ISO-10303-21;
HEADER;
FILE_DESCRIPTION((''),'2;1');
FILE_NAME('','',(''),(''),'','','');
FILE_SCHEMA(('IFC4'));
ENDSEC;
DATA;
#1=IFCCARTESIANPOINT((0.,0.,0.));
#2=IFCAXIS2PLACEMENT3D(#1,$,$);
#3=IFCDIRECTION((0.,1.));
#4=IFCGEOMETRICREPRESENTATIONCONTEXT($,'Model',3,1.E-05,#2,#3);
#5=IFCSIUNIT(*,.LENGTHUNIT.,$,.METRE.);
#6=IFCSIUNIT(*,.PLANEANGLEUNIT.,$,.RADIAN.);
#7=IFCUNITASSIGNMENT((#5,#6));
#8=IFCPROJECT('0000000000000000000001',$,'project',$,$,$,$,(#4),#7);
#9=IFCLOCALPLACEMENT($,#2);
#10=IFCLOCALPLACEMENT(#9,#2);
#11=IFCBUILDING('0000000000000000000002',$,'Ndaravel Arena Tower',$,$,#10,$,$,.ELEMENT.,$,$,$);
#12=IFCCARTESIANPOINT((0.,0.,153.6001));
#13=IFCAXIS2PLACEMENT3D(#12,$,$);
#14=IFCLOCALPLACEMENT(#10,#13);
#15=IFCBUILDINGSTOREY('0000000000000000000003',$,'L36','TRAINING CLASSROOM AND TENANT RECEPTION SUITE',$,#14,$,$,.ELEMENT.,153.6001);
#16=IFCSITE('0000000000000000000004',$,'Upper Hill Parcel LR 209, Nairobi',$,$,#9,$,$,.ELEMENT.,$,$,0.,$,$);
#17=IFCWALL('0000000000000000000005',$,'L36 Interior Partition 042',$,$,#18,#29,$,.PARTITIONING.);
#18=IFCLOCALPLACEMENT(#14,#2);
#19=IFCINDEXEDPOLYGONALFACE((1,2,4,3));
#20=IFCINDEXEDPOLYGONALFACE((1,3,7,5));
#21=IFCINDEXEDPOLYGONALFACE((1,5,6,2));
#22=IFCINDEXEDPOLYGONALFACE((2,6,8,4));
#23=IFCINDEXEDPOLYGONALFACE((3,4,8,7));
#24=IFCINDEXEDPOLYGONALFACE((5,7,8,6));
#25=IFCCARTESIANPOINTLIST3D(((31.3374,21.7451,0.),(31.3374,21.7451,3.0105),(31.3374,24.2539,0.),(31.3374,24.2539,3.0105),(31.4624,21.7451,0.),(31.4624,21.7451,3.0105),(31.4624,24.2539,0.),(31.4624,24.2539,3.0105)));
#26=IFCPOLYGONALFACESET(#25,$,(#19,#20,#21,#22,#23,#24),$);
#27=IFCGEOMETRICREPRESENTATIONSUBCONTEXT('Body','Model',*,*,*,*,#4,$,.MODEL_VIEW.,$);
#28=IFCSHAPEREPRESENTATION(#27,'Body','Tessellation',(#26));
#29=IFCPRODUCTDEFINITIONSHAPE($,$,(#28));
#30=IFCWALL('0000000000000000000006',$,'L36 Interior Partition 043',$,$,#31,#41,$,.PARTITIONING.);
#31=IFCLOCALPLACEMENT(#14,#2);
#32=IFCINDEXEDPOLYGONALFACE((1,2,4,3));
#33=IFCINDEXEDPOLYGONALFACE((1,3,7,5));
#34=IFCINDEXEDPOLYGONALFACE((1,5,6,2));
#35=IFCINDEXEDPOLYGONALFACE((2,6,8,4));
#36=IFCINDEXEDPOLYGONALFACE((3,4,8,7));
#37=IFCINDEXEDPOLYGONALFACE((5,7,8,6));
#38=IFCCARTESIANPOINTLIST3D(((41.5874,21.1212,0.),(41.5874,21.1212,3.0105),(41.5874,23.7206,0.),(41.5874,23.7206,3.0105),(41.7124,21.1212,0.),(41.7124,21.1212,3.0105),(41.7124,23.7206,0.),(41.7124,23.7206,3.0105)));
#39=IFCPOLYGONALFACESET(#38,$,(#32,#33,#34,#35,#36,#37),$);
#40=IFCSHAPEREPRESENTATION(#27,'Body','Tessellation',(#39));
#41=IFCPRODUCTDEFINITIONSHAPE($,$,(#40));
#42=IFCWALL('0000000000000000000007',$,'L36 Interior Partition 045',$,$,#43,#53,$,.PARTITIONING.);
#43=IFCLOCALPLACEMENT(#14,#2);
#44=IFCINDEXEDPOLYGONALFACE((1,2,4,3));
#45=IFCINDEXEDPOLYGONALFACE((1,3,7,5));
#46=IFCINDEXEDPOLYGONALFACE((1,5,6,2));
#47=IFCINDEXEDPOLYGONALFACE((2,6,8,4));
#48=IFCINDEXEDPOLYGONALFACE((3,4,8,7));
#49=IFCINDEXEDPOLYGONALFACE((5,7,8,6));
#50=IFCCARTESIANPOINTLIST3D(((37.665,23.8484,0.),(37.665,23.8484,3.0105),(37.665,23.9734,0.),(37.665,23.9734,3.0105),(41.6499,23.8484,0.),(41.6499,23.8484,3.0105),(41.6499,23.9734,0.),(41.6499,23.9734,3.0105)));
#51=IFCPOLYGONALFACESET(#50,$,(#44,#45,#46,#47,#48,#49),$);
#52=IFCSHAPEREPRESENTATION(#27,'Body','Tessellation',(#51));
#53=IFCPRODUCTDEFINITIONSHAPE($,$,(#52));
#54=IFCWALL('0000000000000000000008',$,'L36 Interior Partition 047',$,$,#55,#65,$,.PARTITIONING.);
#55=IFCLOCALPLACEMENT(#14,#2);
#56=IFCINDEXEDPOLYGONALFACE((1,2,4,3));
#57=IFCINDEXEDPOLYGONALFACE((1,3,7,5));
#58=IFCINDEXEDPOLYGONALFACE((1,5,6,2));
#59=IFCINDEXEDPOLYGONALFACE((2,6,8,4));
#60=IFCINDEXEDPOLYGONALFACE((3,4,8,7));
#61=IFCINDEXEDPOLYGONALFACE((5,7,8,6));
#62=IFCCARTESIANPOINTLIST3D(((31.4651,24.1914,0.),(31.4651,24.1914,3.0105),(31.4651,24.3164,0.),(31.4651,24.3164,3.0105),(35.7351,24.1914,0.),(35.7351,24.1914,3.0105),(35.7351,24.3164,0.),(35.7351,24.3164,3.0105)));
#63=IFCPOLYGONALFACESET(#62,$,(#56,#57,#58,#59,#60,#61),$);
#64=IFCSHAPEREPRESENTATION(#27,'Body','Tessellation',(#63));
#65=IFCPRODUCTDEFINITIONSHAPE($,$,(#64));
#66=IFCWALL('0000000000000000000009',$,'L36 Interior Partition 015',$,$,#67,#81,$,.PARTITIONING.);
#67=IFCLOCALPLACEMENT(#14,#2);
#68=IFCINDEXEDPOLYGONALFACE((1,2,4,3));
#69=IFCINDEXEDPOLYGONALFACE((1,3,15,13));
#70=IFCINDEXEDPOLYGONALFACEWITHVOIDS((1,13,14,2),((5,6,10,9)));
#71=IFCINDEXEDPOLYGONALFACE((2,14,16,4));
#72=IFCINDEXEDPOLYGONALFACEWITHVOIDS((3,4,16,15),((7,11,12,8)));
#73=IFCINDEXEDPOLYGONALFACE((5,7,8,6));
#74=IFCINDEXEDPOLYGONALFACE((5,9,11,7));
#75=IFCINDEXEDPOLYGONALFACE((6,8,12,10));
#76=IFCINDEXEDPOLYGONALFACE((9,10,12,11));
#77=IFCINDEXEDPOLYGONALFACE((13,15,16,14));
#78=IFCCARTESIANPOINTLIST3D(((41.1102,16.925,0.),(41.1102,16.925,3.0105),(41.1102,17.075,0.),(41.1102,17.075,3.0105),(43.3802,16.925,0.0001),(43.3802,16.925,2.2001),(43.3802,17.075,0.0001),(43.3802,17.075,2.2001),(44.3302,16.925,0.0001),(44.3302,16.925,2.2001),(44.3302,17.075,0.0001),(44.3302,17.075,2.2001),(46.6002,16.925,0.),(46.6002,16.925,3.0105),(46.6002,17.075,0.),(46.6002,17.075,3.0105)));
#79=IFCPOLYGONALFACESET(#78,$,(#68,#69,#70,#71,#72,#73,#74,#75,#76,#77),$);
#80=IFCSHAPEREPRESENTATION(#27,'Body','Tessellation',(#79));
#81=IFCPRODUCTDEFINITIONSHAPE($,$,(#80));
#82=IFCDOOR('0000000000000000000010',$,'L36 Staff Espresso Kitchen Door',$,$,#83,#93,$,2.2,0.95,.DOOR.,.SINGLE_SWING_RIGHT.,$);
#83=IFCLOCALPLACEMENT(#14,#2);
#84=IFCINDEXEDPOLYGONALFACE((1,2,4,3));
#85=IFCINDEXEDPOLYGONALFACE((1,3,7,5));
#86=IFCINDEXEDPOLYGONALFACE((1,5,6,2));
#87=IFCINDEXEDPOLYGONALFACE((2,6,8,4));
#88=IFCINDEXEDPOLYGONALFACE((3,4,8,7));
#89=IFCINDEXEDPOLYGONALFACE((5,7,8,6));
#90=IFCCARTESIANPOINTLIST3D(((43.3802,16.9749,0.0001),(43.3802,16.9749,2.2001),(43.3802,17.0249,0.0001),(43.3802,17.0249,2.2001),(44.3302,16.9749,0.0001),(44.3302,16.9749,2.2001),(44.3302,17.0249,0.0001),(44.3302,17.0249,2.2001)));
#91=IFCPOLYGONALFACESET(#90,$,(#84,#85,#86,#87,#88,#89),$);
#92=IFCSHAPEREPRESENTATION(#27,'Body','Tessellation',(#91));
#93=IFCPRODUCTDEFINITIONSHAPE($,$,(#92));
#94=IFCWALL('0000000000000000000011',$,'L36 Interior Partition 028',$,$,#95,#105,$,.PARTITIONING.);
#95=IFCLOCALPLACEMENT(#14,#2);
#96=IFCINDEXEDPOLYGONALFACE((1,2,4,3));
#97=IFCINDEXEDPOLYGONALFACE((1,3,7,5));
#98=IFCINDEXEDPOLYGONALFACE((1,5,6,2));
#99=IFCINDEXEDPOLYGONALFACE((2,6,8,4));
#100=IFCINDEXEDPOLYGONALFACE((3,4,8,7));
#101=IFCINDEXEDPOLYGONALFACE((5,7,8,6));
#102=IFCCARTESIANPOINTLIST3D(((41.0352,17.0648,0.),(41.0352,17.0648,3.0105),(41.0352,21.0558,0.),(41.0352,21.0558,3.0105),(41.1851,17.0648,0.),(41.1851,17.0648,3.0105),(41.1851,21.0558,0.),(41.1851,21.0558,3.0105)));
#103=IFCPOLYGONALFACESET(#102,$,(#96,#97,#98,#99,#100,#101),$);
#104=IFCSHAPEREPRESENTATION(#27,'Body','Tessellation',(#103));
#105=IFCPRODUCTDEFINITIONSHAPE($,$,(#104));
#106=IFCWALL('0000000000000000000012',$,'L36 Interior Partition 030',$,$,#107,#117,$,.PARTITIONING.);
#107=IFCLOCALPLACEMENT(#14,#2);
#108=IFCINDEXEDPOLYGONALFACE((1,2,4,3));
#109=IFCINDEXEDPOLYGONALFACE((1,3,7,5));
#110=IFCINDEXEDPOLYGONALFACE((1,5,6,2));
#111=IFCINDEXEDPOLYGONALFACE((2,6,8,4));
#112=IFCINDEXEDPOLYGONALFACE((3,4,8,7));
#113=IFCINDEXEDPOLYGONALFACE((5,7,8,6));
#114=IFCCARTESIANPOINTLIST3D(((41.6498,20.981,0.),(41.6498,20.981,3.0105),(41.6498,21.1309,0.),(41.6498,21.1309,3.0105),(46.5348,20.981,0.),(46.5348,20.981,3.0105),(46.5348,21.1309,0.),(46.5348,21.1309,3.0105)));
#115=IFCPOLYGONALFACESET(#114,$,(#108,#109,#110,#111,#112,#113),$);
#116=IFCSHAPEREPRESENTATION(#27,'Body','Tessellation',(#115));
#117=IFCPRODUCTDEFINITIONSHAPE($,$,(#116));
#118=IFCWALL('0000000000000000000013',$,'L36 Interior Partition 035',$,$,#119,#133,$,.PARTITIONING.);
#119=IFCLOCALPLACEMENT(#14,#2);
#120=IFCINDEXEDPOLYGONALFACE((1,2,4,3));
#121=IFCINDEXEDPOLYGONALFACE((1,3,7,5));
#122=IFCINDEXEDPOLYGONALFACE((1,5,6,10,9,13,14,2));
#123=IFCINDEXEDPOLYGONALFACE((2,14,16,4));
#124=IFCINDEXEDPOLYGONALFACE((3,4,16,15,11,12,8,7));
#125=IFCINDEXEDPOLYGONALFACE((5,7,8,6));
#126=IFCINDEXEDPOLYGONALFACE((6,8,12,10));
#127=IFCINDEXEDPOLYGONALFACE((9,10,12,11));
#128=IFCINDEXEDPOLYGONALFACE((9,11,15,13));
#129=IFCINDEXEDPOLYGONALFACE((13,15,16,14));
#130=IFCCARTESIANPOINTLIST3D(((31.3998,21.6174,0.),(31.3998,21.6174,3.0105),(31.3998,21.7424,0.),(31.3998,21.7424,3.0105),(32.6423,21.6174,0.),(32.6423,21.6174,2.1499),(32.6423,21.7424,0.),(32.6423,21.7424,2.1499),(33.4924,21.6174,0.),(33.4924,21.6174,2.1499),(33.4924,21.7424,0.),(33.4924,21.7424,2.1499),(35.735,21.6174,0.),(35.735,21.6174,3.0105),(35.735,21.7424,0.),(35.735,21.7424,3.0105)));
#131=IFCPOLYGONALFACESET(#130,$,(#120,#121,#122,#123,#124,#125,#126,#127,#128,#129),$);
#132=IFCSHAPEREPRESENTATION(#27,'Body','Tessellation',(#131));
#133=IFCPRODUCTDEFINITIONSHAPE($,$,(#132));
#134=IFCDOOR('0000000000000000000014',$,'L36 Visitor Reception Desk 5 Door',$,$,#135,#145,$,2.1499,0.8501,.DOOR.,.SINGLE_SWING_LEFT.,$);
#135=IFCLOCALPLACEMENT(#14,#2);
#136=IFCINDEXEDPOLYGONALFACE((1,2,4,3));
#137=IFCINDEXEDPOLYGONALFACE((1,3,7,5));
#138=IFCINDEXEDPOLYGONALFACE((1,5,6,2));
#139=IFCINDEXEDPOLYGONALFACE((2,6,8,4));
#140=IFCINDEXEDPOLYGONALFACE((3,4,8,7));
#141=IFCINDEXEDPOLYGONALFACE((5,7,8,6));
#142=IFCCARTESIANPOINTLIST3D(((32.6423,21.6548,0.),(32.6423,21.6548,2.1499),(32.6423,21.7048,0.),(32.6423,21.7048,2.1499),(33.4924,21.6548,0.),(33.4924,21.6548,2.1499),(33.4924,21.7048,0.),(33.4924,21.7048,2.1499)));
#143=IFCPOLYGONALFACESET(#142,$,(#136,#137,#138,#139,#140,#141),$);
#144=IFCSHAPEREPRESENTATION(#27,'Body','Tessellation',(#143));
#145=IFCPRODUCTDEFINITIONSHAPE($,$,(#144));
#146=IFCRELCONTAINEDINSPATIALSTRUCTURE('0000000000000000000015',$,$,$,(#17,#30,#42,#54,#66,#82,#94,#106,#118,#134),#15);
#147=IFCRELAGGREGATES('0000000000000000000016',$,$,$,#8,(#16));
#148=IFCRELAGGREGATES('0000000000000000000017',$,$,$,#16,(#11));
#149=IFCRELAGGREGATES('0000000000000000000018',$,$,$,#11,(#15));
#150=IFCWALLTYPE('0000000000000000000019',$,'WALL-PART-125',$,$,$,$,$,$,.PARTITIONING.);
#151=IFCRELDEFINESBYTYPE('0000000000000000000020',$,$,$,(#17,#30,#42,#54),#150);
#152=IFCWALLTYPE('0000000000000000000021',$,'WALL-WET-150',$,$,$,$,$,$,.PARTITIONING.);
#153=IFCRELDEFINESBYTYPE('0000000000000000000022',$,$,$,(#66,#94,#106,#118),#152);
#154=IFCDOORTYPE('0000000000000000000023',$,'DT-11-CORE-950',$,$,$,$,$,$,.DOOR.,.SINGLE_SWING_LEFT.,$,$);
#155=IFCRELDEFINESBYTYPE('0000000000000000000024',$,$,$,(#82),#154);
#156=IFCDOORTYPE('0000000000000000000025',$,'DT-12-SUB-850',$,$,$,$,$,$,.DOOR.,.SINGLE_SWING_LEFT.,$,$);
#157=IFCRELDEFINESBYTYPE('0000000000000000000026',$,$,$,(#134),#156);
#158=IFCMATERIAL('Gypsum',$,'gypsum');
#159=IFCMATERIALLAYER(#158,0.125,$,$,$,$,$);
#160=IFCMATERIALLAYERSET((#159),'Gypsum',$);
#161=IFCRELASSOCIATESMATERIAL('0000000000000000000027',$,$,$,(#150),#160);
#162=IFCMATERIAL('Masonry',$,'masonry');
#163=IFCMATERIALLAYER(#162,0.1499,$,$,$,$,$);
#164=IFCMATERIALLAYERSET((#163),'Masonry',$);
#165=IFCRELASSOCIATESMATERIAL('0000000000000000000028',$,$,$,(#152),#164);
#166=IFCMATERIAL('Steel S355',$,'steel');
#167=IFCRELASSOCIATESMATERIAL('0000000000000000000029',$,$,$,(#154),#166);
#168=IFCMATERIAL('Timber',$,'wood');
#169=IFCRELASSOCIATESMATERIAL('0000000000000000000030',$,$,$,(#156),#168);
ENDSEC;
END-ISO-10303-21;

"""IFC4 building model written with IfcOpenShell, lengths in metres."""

from ifc_helpers import new_model, si_unit, direction, frame, frame_2d, origin, place, context, subcontext, project, spatial, rectangle, extrude, material, layer, layer_set, type_object, element, fill, save


model = new_model("IFC4")

# Units and contexts
model_context = context("Model", 3, precision=1e-05, world=origin(), true_north=direction((0.0, 1.0)))
body_context = subcontext(model_context, "Body", "Model", "MODEL_VIEW")
ifc_project = project(units=[si_unit("LENGTHUNIT", "METRE"), si_unit("PLANEANGLEUNIT", "RADIAN")], contexts=[model_context])

# Site, building, storey
site_placement = place(None, origin())
site = spatial("IfcSite", under=ifc_project, at=site_placement, Name="Upper Hill Parcel LR 209, Nairobi", CompositionType="ELEMENT", RefElevation=0.0)
building_placement = place(site_placement, origin())
building = spatial("IfcBuilding", under=site, at=building_placement, Name="Ndaravel Arena Tower", CompositionType="ELEMENT")
storey_placement = place(building_placement, frame((0.0, 0.0, 153.6001)))
storey = spatial("IfcBuildingStorey", under=building, at=storey_placement, Name="L36", Description="TRAINING CLASSROOM AND TENANT RECEPTION SUITE", CompositionType="ELEMENT", Elevation=153.6001)

# Shared definitions
ifc_material_1 = material(Name="Gypsum", Category="gypsum")
ifc_layer_1 = layer(ifc_material_1, 0.125)
ifc_layer_set_1 = layer_set([ifc_layer_1], Name="Gypsum")
wall_type_1 = type_object("IfcWallType", Name="WALL-PART-125", PredefinedType="PARTITIONING", material=ifc_layer_set_1)

# Walls
wall_1_placement = place(storey_placement, frame((31.3999, 24.2539, 0.0), z_axis=(0.0, 0.0, 1.0), x_axis=(0.0, -1.0, 0.0)))
element("IfcWall", 1, at=wall_1_placement, inside=storey, type_object=wall_type_1, Name="L36 Interior Partition 042", PredefinedType="PARTITIONING", context=body_context, shape_type="SweptSolid", body=[
    extrude(rectangle(XDim=2.5088, YDim=0.125, at=frame_2d((1.2544, 0.0))), origin(), (0.0, 0.0, 1.0), 3.0105),
])
wall_2_placement = place(storey_placement, frame((41.6499, 21.1211, 0.0), z_axis=(0.0, 0.0, 1.0), x_axis=(0.0, 1.0, 0.0)))
element("IfcWall", 2, at=wall_2_placement, inside=storey, type_object=wall_type_1, Name="L36 Interior Partition 043", PredefinedType="PARTITIONING", context=body_context, shape_type="SweptSolid", body=[
    extrude(rectangle(XDim=2.5994, YDim=0.125, at=frame_2d((1.2998, 0.0))), origin(), (0.0, 0.0, 1.0), 3.0105),
])
wall_3_placement = place(storey_placement, frame((37.665, 23.9109, 0.0), z_axis=(0.0, 0.0, 1.0), x_axis=(1.0, 0.0, 0.0)))
element("IfcWall", 3, at=wall_3_placement, inside=storey, type_object=wall_type_1, Name="L36 Interior Partition 045", PredefinedType="PARTITIONING", context=body_context, shape_type="SweptSolid", body=[
    extrude(rectangle(XDim=3.9849, YDim=0.125, at=frame_2d((1.9924, 0.0))), origin(), (0.0, 0.0, 1.0), 3.0105),
])
wall_4_placement = place(storey_placement, frame((31.4651, 24.2539, 0.0), z_axis=(0.0, 0.0, 1.0), x_axis=(1.0, 0.0, 0.0)))
element("IfcWall", 4, at=wall_4_placement, inside=storey, type_object=wall_type_1, Name="L36 Interior Partition 047", PredefinedType="PARTITIONING", context=body_context, shape_type="SweptSolid", body=[
    extrude(rectangle(XDim=4.27, YDim=0.125, at=frame_2d((2.135, 0.0))), origin(), (0.0, 0.0, 1.0), 3.0105),
])

# Wall, opening, door
ifc_material_2 = material(Name="Masonry", Category="masonry")
ifc_layer_2 = layer(ifc_material_2, 0.1499)
ifc_layer_set_2 = layer_set([ifc_layer_2], Name="Masonry")
wall_type_2 = type_object("IfcWallType", Name="WALL-WET-150", PredefinedType="PARTITIONING", material=ifc_layer_set_2)
wall_5_placement = place(storey_placement, frame((41.1101, 17.0, 0.0), z_axis=(0.0, 0.0, 1.0), x_axis=(1.0, 0.0, 0.0)))
wall_5 = element("IfcWall", 5, at=wall_5_placement, inside=storey, type_object=wall_type_2, Name="L36 Interior Partition 015", PredefinedType="PARTITIONING", context=body_context, shape_type="SweptSolid", body=[
    extrude(rectangle(XDim=5.49, YDim=0.1499, at=frame_2d((2.7451, 0.0))), origin(), (0.0, 0.0, 1.0), 3.0105),
])
opening_1_placement = place(wall_5_placement, frame((2.27, 0.0, 0.0)))
opening_1 = element("IfcOpeningElement", 6, at=opening_1_placement, cuts=wall_5, PredefinedType="OPENING", context=body_context, shape_type="SweptSolid", body=[
    extrude(rectangle(XDim=0.95, YDim=2.2, at=frame_2d((0.4751, 1.1001))), frame((0.0, 0.075, 0.0), z_axis=(0.0, -1.0, 0.0), x_axis=(1.0, 0.0, 0.0)), (0.0, 0.0, 1.0), 0.1499),
])
ifc_material_3 = material(Name="Steel S355", Category="steel")
door_type_1 = type_object("IfcDoorType", Name="DT-11-CORE-950", OperationType="SINGLE_SWING_LEFT", PredefinedType="DOOR", material=ifc_material_3)
door_1_placement = place(opening_1_placement, origin())
door_1 = element("IfcDoor", 7, at=door_1_placement, inside=storey, type_object=door_type_1, Name="L36 Staff Espresso Kitchen Door", OperationType="SINGLE_SWING_RIGHT", OverallHeight=2.2, OverallWidth=0.95, PredefinedType="DOOR", context=body_context, shape_type="SweptSolid", body=[
    extrude(rectangle(XDim=0.95, YDim=2.2, at=frame_2d((0.4751, 1.1001))), frame((0.0, 0.0249, 0.0), z_axis=(0.0, -1.0, 0.0), x_axis=(1.0, 0.0, 0.0)), (0.0, 0.0, 1.0), 0.05),
])
fill(opening_1, door_1)

# Walls
wall_6_placement = place(storey_placement, frame((41.1101, 21.0559, 0.0), z_axis=(0.0, 0.0, 1.0), x_axis=(0.0, -1.0, 0.0)))
element("IfcWall", 8, at=wall_6_placement, inside=storey, type_object=wall_type_2, Name="L36 Interior Partition 028", PredefinedType="PARTITIONING", context=body_context, shape_type="SweptSolid", body=[
    extrude(rectangle(XDim=3.991, YDim=0.1499, at=frame_2d((1.9956, 0.0))), origin(), (0.0, 0.0, 1.0), 3.0105),
])
wall_7_placement = place(storey_placement, frame((41.6499, 21.0559, 0.0), z_axis=(0.0, 0.0, 1.0), x_axis=(1.0, 0.0, 0.0)))
element("IfcWall", 9, at=wall_7_placement, inside=storey, type_object=wall_type_2, Name="L36 Interior Partition 030", PredefinedType="PARTITIONING", context=body_context, shape_type="SweptSolid", body=[
    extrude(rectangle(XDim=4.885, YDim=0.1499, at=frame_2d((2.4424, 0.0))), origin(), (0.0, 0.0, 1.0), 3.0105),
])

# Wall, opening, door
wall_8_placement = place(storey_placement, frame((31.3999, 21.6799, 0.0), z_axis=(0.0, 0.0, 1.0), x_axis=(1.0, 0.0, 0.0)))
wall_8 = element("IfcWall", 10, at=wall_8_placement, inside=storey, type_object=wall_type_2, Name="L36 Interior Partition 035", PredefinedType="PARTITIONING", context=body_context, shape_type="SweptSolid", body=[
    extrude(rectangle(XDim=4.3352, YDim=0.125, at=frame_2d((2.1675, 0.0))), origin(), (0.0, 0.0, 1.0), 3.0105),
])
opening_2_placement = place(wall_8_placement, frame((1.2424, 0.0, 0.0)))
opening_2 = element("IfcOpeningElement", 11, at=opening_2_placement, cuts=wall_8, PredefinedType="OPENING", context=body_context, shape_type="SweptSolid", body=[
    extrude(rectangle(XDim=0.8501, YDim=2.1499, at=frame_2d((0.425, 1.075))), frame((0.0, 0.0625, 0.0), z_axis=(0.0, -1.0, 0.0), x_axis=(1.0, 0.0, 0.0)), (0.0, 0.0, 1.0), 0.125),
])
ifc_material_4 = material(Name="Timber", Category="wood")
door_type_2 = type_object("IfcDoorType", Name="DT-12-SUB-850", OperationType="SINGLE_SWING_LEFT", PredefinedType="DOOR", material=ifc_material_4)
door_2_placement = place(opening_2_placement, origin())
door_2 = element("IfcDoor", 12, at=door_2_placement, inside=storey, type_object=door_type_2, Name="L36 Visitor Reception Desk 5 Door", OperationType="SINGLE_SWING_LEFT", OverallHeight=2.1499, OverallWidth=0.8501, PredefinedType="DOOR", context=body_context, shape_type="SweptSolid", body=[
    extrude(rectangle(XDim=0.8501, YDim=2.1499, at=frame_2d((0.425, 1.075))), frame((0.0, 0.0249, 0.0), z_axis=(0.0, -1.0, 0.0), x_axis=(1.0, 0.0, 0.0)), (0.0, 0.0, 1.0), 0.05),
])
fill(opening_2, door_2)

save(model, "model.ifc")
